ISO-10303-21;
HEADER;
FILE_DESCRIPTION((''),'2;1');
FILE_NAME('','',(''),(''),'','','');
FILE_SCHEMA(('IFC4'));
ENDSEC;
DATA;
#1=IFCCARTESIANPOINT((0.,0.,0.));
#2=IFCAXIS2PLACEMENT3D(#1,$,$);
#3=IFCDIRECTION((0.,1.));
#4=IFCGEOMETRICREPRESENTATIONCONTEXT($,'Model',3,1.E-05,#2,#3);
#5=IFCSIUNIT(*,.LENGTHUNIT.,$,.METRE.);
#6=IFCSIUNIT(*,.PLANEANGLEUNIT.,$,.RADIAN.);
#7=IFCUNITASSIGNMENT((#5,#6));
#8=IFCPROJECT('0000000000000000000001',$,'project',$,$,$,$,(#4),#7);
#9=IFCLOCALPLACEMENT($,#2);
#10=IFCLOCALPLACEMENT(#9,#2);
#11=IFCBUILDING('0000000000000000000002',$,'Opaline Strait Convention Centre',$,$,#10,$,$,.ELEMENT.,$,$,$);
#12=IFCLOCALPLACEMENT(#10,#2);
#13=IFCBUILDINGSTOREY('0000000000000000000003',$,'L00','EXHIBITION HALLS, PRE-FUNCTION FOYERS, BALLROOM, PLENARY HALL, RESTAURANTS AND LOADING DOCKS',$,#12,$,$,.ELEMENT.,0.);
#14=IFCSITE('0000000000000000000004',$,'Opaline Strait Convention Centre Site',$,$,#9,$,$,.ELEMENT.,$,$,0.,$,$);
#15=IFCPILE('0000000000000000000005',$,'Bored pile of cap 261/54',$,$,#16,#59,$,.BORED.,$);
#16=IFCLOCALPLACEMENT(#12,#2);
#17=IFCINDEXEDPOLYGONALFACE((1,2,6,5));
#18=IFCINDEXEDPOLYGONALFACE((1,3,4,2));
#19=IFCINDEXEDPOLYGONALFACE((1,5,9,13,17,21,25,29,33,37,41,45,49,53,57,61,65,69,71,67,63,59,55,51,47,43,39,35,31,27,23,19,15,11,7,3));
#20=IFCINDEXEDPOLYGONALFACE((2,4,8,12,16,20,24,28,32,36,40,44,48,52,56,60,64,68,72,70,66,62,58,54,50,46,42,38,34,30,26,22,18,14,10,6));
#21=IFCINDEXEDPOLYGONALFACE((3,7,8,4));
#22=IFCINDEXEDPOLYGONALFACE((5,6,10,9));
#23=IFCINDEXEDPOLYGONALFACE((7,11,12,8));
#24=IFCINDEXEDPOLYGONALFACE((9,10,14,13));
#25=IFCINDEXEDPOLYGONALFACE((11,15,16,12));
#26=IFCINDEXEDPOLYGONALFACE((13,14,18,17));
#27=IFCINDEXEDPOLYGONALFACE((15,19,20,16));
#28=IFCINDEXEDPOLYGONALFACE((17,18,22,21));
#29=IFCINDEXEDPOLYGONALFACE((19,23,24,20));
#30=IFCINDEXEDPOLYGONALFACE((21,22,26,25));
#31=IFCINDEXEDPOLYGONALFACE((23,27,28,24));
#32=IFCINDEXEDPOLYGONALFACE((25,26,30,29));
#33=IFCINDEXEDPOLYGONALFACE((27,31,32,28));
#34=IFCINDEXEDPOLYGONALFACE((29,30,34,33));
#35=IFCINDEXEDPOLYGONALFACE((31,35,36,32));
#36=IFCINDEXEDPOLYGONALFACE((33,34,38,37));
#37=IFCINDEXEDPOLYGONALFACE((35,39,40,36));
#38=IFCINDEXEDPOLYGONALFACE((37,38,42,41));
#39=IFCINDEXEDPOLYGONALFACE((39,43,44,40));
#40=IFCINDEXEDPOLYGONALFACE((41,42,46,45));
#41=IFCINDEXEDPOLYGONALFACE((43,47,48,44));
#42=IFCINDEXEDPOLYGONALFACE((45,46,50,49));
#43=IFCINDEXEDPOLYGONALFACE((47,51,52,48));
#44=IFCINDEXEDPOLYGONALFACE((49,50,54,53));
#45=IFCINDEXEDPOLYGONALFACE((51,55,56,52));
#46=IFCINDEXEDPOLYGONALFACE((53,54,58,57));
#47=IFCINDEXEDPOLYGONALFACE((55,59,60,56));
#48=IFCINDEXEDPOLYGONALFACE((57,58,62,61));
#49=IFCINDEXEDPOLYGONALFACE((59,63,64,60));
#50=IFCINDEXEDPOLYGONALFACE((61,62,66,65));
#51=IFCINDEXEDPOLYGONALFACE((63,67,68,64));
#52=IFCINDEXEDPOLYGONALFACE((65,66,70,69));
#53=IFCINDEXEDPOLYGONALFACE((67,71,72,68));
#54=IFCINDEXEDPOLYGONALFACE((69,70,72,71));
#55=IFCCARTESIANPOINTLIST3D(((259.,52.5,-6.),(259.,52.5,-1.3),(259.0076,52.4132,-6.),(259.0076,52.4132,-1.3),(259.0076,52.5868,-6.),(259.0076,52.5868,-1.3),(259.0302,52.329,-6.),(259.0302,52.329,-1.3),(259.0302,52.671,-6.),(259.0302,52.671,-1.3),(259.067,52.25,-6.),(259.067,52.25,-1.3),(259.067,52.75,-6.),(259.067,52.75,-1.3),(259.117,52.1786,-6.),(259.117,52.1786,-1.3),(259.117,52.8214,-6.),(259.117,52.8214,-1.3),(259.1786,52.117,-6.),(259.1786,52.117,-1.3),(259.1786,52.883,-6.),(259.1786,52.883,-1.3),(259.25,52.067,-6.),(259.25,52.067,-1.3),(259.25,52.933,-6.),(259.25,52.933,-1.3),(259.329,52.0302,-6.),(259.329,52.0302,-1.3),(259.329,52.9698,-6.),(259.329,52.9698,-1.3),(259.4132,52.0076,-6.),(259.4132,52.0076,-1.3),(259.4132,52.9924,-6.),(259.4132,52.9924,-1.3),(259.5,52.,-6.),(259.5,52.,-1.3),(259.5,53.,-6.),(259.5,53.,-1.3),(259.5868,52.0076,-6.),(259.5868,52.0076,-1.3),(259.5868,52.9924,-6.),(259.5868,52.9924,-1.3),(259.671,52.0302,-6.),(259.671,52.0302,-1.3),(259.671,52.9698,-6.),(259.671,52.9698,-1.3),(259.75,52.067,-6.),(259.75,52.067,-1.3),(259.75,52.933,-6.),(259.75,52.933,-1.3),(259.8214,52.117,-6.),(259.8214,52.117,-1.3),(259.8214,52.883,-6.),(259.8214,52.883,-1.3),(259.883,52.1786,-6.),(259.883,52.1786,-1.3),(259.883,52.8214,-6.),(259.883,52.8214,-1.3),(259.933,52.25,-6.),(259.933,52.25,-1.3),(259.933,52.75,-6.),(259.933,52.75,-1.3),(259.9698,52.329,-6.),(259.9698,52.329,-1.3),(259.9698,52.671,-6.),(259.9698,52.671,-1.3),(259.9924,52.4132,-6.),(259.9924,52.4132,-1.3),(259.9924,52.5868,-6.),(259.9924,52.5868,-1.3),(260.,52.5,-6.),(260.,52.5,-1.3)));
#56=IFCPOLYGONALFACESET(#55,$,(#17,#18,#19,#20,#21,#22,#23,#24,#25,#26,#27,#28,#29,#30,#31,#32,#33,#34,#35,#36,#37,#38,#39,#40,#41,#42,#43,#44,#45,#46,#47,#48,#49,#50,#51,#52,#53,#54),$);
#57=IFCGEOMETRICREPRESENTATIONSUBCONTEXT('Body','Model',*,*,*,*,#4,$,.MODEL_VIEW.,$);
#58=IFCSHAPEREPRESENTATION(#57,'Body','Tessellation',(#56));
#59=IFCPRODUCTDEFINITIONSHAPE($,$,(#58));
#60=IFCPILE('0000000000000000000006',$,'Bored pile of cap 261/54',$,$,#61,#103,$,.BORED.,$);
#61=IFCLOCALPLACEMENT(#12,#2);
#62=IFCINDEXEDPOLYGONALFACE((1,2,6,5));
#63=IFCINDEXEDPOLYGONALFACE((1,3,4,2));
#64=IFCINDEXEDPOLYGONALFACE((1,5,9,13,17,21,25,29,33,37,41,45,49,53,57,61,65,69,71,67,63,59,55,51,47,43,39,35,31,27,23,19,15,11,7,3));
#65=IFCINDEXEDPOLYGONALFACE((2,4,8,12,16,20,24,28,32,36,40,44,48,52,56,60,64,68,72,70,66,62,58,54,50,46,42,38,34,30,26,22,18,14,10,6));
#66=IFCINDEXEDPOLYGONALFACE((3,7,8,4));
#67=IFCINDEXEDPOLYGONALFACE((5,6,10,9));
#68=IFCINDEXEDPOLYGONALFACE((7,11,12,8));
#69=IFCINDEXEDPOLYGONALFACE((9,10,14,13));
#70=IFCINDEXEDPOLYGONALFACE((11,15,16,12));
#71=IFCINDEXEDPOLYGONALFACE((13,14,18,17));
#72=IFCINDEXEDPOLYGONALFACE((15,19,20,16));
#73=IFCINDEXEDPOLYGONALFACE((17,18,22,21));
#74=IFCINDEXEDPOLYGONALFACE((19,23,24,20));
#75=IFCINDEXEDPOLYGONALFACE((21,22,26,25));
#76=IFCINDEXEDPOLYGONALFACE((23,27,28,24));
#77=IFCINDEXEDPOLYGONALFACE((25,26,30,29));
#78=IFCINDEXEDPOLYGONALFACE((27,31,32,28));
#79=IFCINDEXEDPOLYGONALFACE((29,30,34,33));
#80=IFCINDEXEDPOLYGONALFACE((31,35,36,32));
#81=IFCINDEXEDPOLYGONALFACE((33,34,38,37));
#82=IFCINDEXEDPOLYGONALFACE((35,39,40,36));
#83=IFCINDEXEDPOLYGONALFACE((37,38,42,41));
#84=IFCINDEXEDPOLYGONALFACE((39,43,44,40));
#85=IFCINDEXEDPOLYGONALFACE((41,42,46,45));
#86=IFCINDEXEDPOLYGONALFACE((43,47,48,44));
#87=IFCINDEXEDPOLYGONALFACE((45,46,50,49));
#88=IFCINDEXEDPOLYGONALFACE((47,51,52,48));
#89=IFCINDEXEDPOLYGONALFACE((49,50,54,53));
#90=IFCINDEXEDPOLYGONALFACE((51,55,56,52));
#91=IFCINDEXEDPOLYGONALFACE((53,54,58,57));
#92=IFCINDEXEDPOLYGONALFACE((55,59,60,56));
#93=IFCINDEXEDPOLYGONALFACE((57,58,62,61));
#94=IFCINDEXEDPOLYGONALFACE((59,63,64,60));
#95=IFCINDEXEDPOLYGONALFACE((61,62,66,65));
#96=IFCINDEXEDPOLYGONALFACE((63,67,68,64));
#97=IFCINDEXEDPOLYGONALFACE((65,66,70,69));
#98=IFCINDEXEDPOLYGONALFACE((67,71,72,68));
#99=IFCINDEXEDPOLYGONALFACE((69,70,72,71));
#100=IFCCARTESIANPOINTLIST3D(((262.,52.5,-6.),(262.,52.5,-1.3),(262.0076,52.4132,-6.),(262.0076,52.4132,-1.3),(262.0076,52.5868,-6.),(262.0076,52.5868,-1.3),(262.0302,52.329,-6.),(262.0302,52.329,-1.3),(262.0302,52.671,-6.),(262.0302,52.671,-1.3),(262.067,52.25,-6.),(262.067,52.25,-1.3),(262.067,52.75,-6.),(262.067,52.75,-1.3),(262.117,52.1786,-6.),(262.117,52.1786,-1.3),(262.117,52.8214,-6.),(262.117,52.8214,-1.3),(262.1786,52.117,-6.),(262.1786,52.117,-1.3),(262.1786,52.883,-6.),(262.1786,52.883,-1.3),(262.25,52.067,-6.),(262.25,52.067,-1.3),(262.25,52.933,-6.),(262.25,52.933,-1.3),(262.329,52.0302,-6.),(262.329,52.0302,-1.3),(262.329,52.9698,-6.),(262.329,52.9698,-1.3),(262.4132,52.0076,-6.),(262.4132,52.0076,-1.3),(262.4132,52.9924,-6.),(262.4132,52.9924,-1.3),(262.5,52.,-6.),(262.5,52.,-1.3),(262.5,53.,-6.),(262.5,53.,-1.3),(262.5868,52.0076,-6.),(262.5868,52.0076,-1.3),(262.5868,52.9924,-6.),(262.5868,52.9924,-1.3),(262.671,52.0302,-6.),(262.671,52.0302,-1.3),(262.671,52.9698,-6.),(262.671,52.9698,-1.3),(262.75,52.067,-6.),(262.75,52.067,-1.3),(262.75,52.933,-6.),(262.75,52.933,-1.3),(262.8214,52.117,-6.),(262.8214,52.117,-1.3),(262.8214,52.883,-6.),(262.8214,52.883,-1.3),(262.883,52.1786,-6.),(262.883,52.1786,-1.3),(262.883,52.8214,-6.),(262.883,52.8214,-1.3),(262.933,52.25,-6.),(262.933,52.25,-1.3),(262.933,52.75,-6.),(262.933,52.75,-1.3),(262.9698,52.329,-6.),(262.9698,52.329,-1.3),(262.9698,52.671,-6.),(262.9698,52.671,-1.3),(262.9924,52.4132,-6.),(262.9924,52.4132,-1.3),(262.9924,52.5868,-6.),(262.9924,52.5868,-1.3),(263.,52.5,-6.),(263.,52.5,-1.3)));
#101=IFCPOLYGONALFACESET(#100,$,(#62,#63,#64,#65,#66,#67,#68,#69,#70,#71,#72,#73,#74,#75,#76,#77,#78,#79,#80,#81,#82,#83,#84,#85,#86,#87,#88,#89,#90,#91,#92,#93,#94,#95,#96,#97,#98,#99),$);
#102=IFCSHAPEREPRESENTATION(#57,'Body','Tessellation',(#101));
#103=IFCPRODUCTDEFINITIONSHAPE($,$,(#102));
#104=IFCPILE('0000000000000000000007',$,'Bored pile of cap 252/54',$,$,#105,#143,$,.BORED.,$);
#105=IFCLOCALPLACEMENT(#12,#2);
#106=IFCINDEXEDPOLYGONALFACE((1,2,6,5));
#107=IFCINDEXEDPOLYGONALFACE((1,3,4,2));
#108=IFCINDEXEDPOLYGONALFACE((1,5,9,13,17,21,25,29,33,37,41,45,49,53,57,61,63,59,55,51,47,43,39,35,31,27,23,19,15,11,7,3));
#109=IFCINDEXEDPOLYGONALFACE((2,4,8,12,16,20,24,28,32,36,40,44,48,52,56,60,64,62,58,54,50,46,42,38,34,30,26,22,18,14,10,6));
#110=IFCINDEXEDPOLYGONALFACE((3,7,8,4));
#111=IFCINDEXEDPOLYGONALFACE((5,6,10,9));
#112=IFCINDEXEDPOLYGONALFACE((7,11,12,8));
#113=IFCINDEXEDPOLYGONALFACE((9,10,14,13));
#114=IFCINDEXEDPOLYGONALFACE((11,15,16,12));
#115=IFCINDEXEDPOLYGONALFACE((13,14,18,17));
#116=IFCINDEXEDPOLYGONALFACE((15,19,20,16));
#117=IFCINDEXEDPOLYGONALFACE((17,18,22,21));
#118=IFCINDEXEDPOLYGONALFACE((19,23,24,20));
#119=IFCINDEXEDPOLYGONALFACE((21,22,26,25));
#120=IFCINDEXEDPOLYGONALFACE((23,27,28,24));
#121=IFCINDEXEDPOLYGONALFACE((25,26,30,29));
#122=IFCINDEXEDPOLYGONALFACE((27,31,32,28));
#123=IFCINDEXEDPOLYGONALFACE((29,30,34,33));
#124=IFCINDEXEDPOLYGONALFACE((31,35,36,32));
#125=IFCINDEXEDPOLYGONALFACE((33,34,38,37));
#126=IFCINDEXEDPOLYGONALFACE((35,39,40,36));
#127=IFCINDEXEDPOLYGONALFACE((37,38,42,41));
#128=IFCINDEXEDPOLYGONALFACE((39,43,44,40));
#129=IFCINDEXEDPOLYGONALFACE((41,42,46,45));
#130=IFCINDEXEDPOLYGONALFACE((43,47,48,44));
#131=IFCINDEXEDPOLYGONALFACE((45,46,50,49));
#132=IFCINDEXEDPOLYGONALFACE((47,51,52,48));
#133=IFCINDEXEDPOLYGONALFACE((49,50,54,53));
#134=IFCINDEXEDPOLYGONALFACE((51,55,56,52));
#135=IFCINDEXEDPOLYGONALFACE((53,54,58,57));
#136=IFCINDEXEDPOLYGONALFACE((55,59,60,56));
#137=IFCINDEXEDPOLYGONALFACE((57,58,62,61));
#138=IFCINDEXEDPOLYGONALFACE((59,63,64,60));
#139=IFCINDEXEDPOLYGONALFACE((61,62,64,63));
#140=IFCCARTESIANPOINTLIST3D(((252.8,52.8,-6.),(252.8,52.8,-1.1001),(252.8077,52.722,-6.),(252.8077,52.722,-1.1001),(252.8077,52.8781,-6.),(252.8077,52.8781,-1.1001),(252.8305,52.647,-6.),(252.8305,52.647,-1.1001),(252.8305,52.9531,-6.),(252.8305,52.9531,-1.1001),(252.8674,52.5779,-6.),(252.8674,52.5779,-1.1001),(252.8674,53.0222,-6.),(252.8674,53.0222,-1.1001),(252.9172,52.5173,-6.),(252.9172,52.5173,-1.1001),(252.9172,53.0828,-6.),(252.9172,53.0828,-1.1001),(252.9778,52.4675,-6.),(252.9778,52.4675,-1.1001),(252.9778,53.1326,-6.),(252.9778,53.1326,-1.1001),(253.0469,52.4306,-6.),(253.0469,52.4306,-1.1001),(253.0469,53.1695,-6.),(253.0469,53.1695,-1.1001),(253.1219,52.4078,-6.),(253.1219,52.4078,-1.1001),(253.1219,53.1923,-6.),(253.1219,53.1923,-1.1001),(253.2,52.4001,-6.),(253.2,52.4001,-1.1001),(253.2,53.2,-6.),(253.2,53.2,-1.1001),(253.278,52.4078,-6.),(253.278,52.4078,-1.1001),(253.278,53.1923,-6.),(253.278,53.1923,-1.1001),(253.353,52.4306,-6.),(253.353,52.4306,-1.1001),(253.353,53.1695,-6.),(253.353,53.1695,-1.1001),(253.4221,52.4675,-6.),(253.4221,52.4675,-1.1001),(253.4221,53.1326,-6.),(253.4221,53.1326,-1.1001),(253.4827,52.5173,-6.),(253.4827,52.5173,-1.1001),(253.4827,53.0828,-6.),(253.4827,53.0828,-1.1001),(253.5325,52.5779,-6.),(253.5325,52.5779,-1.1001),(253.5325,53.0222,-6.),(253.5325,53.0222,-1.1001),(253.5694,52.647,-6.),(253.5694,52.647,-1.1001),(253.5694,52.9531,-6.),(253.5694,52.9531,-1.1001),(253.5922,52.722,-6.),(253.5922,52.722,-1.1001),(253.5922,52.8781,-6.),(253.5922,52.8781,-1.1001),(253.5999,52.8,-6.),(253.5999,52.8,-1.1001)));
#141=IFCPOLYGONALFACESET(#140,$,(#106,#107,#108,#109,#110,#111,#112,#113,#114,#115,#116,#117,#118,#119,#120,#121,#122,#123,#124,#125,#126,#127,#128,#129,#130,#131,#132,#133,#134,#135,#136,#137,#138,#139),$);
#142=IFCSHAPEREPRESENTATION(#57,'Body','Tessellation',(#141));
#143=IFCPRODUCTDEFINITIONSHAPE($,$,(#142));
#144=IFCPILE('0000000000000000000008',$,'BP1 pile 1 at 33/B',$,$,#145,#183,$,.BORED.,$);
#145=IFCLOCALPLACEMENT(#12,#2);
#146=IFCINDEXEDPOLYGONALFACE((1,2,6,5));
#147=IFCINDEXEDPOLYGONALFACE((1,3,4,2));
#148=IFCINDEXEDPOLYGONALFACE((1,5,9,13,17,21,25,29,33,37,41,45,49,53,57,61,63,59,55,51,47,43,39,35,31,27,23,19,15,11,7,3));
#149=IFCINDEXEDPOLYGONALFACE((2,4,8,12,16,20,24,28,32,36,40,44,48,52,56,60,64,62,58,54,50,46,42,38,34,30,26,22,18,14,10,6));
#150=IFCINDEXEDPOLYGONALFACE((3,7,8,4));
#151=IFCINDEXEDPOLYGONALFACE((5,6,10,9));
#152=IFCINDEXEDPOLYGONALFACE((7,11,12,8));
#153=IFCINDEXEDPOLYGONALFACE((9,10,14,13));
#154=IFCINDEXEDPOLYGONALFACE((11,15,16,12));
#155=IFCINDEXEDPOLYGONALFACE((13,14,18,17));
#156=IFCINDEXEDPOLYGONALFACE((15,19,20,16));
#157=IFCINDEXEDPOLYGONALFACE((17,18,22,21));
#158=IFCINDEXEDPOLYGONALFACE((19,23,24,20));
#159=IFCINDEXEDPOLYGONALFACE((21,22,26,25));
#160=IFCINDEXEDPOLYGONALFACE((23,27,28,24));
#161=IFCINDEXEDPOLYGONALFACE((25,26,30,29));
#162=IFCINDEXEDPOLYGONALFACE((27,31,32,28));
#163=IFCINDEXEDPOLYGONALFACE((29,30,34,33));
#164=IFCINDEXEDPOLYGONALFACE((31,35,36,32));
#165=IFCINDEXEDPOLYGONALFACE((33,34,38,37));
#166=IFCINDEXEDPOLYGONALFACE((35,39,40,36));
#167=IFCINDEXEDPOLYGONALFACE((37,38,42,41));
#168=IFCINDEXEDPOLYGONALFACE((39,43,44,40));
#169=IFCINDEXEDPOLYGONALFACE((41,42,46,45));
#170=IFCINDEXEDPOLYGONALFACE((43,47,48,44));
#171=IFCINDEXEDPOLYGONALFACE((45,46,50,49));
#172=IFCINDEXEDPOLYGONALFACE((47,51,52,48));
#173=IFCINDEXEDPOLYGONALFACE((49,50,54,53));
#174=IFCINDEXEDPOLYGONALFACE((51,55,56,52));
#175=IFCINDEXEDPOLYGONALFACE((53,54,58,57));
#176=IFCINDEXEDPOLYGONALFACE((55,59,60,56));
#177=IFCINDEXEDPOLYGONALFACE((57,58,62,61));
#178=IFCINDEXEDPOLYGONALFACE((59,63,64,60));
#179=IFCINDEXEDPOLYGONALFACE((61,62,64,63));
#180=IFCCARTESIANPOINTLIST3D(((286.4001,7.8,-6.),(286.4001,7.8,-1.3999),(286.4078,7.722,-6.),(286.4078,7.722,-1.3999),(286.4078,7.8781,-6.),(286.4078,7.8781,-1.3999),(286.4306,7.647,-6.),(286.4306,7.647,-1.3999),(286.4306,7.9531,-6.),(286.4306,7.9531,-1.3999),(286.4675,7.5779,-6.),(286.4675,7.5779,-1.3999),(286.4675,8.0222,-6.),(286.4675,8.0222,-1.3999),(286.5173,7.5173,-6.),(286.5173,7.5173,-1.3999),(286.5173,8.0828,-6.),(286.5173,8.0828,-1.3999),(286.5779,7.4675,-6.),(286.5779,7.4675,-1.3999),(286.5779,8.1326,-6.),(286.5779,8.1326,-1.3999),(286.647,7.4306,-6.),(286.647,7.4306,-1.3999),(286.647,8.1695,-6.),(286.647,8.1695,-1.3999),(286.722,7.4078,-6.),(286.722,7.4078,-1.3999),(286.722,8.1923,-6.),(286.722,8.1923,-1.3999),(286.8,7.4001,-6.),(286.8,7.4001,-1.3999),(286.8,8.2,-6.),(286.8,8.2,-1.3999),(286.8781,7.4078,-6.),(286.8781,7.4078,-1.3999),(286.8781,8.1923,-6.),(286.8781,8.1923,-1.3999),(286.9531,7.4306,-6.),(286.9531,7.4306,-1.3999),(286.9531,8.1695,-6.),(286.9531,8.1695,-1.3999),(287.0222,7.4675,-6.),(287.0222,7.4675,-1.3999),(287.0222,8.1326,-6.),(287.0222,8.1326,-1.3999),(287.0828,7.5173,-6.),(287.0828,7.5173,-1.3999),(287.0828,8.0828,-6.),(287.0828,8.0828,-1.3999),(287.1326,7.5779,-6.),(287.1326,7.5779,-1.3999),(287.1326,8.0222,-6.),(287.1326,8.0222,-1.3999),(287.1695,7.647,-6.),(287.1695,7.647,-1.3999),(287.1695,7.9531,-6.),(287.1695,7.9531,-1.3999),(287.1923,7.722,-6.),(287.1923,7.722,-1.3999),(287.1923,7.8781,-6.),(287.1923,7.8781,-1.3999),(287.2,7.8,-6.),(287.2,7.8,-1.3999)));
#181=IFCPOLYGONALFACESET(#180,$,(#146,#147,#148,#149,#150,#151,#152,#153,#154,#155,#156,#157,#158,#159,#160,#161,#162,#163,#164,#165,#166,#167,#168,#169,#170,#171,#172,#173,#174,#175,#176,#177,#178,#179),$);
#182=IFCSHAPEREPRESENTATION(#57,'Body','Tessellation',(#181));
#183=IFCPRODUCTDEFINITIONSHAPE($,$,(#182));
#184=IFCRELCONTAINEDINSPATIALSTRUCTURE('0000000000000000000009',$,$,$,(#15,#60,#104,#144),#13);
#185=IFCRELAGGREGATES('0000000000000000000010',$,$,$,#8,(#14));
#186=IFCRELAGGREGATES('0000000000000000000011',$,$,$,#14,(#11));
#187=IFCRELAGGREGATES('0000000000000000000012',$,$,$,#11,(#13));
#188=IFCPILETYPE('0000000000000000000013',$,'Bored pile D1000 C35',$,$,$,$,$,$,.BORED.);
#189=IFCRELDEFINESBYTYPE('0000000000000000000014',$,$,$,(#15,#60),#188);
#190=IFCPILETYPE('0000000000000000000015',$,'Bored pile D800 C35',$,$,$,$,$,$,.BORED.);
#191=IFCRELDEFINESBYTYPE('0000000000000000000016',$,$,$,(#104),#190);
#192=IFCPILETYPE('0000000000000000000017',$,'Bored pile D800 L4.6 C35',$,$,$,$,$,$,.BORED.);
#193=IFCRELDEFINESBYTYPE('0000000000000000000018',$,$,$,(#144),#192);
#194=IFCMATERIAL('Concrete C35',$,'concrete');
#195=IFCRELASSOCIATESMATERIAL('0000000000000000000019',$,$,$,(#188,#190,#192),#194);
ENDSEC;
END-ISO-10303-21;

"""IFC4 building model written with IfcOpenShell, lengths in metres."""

from ifc_helpers import new_model, si_unit, direction, frame, origin, origin_2d, place, context, subcontext, project, spatial, circle, extrude, material, material_profile, profile_set, type_object, element, save


model = new_model("IFC4")

# Units and contexts
model_context = context("Model", 3, precision=1e-05, world=origin(), true_north=direction((0.0, 1.0)))
body_context = subcontext(model_context, "Body", "Model", "MODEL_VIEW")
ifc_project = project(units=[si_unit("LENGTHUNIT", "METRE"), si_unit("PLANEANGLEUNIT", "RADIAN")], contexts=[model_context])

# Site, building, storey
site_placement = place(None, origin())
site = spatial("IfcSite", under=ifc_project, at=site_placement, Name="Opaline Strait Convention Centre Site", CompositionType="ELEMENT", RefElevation=0.0)
building_placement = place(site_placement, origin())
building = spatial("IfcBuilding", under=site, at=building_placement, Name="Opaline Strait Convention Centre", CompositionType="ELEMENT")
storey_placement = place(building_placement, origin())
storey = spatial("IfcBuildingStorey", under=building, at=storey_placement, Name="L00", Description="EXHIBITION HALLS, PRE-FUNCTION FOYERS, BALLROOM, PLENARY HALL, RESTAURANTS AND LOADING DOCKS", CompositionType="ELEMENT", Elevation=0.0)

# Piles
ifc_material_1 = material(Name="Concrete C35", Category="concrete")
ifc_material_profile_1 = material_profile(ifc_material_1, circle(Radius=0.5, at=origin_2d()), Name="D1000")
ifc_profile_set_1 = profile_set([ifc_material_profile_1], Name="Concrete C35")
pile_type_1 = type_object("IfcPileType", Name="Bored pile D1000 C35", PredefinedType="BORED", material=ifc_profile_set_1)
for number, where, z_axis, x_axis, name in (
    (1, (259.5, 52.5, -1.3), (0.0, 0.0, -1.0), (1.0, 0.0, 0.0), "Bored pile of cap 261/54"),
    (2, (262.5, 52.5, -1.3), (0.0, 0.0, -1.0), (1.0, 0.0, 0.0), "Bored pile of cap 261/54"),
):
    element("IfcPile", number, at=place(storey_placement, frame(where, z_axis=z_axis, x_axis=x_axis)), inside=storey, type_object=pile_type_1, Name=name, PredefinedType="BORED", context=body_context, shape_type="SweptSolid", body=[
        extrude(circle(Radius=0.5, at=origin_2d()), origin(), (0.0, 0.0, 1.0), 4.7),
    ])
ifc_material_profile_2 = material_profile(ifc_material_1, circle(Radius=0.3999, at=origin_2d()), Name="D800")
ifc_profile_set_2 = profile_set([ifc_material_profile_2], Name="Concrete C35")
pile_type_2 = type_object("IfcPileType", Name="Bored pile D800 C35", PredefinedType="BORED", material=ifc_profile_set_2)
pile_placement = place(storey_placement, frame((253.2, 52.8, -1.1001), z_axis=(0.0, 0.0, -1.0), x_axis=(1.0, 0.0, 0.0)))
element("IfcPile", 3, at=pile_placement, inside=storey, type_object=pile_type_2, Name="Bored pile of cap 252/54", PredefinedType="BORED", context=body_context, shape_type="SweptSolid", body=[
    extrude(circle(Radius=0.3999, at=origin_2d()), origin(), (0.0, 0.0, 1.0), 4.8999),
])
ifc_material_profile_3 = material_profile(ifc_material_1, circle(Radius=0.3999, at=origin_2d()), Name="D800")
ifc_profile_set_3 = profile_set([ifc_material_profile_3], Name="Concrete C35")
pile_type_3 = type_object("IfcPileType", Name="Bored pile D800 L4.6 C35", PredefinedType="BORED", material=ifc_profile_set_3)
for number, where, z_axis, x_axis, name in (
    (4, (286.8, 7.8, -1.3999), (0.0, 0.0, -1.0), (1.0, 0.0, 0.0), "BP1 pile 1 at 33/B"),
):
    element("IfcPile", number, at=place(storey_placement, frame(where, z_axis=z_axis, x_axis=x_axis)), inside=storey, type_object=pile_type_3, Name=name, PredefinedType="BORED", context=body_context, shape_type="SweptSolid", body=[
        extrude(circle(Radius=0.3999, at=origin_2d()), origin(), (0.0, 0.0, 1.0), 4.6001),
    ])

save(model, "model.ifc")
